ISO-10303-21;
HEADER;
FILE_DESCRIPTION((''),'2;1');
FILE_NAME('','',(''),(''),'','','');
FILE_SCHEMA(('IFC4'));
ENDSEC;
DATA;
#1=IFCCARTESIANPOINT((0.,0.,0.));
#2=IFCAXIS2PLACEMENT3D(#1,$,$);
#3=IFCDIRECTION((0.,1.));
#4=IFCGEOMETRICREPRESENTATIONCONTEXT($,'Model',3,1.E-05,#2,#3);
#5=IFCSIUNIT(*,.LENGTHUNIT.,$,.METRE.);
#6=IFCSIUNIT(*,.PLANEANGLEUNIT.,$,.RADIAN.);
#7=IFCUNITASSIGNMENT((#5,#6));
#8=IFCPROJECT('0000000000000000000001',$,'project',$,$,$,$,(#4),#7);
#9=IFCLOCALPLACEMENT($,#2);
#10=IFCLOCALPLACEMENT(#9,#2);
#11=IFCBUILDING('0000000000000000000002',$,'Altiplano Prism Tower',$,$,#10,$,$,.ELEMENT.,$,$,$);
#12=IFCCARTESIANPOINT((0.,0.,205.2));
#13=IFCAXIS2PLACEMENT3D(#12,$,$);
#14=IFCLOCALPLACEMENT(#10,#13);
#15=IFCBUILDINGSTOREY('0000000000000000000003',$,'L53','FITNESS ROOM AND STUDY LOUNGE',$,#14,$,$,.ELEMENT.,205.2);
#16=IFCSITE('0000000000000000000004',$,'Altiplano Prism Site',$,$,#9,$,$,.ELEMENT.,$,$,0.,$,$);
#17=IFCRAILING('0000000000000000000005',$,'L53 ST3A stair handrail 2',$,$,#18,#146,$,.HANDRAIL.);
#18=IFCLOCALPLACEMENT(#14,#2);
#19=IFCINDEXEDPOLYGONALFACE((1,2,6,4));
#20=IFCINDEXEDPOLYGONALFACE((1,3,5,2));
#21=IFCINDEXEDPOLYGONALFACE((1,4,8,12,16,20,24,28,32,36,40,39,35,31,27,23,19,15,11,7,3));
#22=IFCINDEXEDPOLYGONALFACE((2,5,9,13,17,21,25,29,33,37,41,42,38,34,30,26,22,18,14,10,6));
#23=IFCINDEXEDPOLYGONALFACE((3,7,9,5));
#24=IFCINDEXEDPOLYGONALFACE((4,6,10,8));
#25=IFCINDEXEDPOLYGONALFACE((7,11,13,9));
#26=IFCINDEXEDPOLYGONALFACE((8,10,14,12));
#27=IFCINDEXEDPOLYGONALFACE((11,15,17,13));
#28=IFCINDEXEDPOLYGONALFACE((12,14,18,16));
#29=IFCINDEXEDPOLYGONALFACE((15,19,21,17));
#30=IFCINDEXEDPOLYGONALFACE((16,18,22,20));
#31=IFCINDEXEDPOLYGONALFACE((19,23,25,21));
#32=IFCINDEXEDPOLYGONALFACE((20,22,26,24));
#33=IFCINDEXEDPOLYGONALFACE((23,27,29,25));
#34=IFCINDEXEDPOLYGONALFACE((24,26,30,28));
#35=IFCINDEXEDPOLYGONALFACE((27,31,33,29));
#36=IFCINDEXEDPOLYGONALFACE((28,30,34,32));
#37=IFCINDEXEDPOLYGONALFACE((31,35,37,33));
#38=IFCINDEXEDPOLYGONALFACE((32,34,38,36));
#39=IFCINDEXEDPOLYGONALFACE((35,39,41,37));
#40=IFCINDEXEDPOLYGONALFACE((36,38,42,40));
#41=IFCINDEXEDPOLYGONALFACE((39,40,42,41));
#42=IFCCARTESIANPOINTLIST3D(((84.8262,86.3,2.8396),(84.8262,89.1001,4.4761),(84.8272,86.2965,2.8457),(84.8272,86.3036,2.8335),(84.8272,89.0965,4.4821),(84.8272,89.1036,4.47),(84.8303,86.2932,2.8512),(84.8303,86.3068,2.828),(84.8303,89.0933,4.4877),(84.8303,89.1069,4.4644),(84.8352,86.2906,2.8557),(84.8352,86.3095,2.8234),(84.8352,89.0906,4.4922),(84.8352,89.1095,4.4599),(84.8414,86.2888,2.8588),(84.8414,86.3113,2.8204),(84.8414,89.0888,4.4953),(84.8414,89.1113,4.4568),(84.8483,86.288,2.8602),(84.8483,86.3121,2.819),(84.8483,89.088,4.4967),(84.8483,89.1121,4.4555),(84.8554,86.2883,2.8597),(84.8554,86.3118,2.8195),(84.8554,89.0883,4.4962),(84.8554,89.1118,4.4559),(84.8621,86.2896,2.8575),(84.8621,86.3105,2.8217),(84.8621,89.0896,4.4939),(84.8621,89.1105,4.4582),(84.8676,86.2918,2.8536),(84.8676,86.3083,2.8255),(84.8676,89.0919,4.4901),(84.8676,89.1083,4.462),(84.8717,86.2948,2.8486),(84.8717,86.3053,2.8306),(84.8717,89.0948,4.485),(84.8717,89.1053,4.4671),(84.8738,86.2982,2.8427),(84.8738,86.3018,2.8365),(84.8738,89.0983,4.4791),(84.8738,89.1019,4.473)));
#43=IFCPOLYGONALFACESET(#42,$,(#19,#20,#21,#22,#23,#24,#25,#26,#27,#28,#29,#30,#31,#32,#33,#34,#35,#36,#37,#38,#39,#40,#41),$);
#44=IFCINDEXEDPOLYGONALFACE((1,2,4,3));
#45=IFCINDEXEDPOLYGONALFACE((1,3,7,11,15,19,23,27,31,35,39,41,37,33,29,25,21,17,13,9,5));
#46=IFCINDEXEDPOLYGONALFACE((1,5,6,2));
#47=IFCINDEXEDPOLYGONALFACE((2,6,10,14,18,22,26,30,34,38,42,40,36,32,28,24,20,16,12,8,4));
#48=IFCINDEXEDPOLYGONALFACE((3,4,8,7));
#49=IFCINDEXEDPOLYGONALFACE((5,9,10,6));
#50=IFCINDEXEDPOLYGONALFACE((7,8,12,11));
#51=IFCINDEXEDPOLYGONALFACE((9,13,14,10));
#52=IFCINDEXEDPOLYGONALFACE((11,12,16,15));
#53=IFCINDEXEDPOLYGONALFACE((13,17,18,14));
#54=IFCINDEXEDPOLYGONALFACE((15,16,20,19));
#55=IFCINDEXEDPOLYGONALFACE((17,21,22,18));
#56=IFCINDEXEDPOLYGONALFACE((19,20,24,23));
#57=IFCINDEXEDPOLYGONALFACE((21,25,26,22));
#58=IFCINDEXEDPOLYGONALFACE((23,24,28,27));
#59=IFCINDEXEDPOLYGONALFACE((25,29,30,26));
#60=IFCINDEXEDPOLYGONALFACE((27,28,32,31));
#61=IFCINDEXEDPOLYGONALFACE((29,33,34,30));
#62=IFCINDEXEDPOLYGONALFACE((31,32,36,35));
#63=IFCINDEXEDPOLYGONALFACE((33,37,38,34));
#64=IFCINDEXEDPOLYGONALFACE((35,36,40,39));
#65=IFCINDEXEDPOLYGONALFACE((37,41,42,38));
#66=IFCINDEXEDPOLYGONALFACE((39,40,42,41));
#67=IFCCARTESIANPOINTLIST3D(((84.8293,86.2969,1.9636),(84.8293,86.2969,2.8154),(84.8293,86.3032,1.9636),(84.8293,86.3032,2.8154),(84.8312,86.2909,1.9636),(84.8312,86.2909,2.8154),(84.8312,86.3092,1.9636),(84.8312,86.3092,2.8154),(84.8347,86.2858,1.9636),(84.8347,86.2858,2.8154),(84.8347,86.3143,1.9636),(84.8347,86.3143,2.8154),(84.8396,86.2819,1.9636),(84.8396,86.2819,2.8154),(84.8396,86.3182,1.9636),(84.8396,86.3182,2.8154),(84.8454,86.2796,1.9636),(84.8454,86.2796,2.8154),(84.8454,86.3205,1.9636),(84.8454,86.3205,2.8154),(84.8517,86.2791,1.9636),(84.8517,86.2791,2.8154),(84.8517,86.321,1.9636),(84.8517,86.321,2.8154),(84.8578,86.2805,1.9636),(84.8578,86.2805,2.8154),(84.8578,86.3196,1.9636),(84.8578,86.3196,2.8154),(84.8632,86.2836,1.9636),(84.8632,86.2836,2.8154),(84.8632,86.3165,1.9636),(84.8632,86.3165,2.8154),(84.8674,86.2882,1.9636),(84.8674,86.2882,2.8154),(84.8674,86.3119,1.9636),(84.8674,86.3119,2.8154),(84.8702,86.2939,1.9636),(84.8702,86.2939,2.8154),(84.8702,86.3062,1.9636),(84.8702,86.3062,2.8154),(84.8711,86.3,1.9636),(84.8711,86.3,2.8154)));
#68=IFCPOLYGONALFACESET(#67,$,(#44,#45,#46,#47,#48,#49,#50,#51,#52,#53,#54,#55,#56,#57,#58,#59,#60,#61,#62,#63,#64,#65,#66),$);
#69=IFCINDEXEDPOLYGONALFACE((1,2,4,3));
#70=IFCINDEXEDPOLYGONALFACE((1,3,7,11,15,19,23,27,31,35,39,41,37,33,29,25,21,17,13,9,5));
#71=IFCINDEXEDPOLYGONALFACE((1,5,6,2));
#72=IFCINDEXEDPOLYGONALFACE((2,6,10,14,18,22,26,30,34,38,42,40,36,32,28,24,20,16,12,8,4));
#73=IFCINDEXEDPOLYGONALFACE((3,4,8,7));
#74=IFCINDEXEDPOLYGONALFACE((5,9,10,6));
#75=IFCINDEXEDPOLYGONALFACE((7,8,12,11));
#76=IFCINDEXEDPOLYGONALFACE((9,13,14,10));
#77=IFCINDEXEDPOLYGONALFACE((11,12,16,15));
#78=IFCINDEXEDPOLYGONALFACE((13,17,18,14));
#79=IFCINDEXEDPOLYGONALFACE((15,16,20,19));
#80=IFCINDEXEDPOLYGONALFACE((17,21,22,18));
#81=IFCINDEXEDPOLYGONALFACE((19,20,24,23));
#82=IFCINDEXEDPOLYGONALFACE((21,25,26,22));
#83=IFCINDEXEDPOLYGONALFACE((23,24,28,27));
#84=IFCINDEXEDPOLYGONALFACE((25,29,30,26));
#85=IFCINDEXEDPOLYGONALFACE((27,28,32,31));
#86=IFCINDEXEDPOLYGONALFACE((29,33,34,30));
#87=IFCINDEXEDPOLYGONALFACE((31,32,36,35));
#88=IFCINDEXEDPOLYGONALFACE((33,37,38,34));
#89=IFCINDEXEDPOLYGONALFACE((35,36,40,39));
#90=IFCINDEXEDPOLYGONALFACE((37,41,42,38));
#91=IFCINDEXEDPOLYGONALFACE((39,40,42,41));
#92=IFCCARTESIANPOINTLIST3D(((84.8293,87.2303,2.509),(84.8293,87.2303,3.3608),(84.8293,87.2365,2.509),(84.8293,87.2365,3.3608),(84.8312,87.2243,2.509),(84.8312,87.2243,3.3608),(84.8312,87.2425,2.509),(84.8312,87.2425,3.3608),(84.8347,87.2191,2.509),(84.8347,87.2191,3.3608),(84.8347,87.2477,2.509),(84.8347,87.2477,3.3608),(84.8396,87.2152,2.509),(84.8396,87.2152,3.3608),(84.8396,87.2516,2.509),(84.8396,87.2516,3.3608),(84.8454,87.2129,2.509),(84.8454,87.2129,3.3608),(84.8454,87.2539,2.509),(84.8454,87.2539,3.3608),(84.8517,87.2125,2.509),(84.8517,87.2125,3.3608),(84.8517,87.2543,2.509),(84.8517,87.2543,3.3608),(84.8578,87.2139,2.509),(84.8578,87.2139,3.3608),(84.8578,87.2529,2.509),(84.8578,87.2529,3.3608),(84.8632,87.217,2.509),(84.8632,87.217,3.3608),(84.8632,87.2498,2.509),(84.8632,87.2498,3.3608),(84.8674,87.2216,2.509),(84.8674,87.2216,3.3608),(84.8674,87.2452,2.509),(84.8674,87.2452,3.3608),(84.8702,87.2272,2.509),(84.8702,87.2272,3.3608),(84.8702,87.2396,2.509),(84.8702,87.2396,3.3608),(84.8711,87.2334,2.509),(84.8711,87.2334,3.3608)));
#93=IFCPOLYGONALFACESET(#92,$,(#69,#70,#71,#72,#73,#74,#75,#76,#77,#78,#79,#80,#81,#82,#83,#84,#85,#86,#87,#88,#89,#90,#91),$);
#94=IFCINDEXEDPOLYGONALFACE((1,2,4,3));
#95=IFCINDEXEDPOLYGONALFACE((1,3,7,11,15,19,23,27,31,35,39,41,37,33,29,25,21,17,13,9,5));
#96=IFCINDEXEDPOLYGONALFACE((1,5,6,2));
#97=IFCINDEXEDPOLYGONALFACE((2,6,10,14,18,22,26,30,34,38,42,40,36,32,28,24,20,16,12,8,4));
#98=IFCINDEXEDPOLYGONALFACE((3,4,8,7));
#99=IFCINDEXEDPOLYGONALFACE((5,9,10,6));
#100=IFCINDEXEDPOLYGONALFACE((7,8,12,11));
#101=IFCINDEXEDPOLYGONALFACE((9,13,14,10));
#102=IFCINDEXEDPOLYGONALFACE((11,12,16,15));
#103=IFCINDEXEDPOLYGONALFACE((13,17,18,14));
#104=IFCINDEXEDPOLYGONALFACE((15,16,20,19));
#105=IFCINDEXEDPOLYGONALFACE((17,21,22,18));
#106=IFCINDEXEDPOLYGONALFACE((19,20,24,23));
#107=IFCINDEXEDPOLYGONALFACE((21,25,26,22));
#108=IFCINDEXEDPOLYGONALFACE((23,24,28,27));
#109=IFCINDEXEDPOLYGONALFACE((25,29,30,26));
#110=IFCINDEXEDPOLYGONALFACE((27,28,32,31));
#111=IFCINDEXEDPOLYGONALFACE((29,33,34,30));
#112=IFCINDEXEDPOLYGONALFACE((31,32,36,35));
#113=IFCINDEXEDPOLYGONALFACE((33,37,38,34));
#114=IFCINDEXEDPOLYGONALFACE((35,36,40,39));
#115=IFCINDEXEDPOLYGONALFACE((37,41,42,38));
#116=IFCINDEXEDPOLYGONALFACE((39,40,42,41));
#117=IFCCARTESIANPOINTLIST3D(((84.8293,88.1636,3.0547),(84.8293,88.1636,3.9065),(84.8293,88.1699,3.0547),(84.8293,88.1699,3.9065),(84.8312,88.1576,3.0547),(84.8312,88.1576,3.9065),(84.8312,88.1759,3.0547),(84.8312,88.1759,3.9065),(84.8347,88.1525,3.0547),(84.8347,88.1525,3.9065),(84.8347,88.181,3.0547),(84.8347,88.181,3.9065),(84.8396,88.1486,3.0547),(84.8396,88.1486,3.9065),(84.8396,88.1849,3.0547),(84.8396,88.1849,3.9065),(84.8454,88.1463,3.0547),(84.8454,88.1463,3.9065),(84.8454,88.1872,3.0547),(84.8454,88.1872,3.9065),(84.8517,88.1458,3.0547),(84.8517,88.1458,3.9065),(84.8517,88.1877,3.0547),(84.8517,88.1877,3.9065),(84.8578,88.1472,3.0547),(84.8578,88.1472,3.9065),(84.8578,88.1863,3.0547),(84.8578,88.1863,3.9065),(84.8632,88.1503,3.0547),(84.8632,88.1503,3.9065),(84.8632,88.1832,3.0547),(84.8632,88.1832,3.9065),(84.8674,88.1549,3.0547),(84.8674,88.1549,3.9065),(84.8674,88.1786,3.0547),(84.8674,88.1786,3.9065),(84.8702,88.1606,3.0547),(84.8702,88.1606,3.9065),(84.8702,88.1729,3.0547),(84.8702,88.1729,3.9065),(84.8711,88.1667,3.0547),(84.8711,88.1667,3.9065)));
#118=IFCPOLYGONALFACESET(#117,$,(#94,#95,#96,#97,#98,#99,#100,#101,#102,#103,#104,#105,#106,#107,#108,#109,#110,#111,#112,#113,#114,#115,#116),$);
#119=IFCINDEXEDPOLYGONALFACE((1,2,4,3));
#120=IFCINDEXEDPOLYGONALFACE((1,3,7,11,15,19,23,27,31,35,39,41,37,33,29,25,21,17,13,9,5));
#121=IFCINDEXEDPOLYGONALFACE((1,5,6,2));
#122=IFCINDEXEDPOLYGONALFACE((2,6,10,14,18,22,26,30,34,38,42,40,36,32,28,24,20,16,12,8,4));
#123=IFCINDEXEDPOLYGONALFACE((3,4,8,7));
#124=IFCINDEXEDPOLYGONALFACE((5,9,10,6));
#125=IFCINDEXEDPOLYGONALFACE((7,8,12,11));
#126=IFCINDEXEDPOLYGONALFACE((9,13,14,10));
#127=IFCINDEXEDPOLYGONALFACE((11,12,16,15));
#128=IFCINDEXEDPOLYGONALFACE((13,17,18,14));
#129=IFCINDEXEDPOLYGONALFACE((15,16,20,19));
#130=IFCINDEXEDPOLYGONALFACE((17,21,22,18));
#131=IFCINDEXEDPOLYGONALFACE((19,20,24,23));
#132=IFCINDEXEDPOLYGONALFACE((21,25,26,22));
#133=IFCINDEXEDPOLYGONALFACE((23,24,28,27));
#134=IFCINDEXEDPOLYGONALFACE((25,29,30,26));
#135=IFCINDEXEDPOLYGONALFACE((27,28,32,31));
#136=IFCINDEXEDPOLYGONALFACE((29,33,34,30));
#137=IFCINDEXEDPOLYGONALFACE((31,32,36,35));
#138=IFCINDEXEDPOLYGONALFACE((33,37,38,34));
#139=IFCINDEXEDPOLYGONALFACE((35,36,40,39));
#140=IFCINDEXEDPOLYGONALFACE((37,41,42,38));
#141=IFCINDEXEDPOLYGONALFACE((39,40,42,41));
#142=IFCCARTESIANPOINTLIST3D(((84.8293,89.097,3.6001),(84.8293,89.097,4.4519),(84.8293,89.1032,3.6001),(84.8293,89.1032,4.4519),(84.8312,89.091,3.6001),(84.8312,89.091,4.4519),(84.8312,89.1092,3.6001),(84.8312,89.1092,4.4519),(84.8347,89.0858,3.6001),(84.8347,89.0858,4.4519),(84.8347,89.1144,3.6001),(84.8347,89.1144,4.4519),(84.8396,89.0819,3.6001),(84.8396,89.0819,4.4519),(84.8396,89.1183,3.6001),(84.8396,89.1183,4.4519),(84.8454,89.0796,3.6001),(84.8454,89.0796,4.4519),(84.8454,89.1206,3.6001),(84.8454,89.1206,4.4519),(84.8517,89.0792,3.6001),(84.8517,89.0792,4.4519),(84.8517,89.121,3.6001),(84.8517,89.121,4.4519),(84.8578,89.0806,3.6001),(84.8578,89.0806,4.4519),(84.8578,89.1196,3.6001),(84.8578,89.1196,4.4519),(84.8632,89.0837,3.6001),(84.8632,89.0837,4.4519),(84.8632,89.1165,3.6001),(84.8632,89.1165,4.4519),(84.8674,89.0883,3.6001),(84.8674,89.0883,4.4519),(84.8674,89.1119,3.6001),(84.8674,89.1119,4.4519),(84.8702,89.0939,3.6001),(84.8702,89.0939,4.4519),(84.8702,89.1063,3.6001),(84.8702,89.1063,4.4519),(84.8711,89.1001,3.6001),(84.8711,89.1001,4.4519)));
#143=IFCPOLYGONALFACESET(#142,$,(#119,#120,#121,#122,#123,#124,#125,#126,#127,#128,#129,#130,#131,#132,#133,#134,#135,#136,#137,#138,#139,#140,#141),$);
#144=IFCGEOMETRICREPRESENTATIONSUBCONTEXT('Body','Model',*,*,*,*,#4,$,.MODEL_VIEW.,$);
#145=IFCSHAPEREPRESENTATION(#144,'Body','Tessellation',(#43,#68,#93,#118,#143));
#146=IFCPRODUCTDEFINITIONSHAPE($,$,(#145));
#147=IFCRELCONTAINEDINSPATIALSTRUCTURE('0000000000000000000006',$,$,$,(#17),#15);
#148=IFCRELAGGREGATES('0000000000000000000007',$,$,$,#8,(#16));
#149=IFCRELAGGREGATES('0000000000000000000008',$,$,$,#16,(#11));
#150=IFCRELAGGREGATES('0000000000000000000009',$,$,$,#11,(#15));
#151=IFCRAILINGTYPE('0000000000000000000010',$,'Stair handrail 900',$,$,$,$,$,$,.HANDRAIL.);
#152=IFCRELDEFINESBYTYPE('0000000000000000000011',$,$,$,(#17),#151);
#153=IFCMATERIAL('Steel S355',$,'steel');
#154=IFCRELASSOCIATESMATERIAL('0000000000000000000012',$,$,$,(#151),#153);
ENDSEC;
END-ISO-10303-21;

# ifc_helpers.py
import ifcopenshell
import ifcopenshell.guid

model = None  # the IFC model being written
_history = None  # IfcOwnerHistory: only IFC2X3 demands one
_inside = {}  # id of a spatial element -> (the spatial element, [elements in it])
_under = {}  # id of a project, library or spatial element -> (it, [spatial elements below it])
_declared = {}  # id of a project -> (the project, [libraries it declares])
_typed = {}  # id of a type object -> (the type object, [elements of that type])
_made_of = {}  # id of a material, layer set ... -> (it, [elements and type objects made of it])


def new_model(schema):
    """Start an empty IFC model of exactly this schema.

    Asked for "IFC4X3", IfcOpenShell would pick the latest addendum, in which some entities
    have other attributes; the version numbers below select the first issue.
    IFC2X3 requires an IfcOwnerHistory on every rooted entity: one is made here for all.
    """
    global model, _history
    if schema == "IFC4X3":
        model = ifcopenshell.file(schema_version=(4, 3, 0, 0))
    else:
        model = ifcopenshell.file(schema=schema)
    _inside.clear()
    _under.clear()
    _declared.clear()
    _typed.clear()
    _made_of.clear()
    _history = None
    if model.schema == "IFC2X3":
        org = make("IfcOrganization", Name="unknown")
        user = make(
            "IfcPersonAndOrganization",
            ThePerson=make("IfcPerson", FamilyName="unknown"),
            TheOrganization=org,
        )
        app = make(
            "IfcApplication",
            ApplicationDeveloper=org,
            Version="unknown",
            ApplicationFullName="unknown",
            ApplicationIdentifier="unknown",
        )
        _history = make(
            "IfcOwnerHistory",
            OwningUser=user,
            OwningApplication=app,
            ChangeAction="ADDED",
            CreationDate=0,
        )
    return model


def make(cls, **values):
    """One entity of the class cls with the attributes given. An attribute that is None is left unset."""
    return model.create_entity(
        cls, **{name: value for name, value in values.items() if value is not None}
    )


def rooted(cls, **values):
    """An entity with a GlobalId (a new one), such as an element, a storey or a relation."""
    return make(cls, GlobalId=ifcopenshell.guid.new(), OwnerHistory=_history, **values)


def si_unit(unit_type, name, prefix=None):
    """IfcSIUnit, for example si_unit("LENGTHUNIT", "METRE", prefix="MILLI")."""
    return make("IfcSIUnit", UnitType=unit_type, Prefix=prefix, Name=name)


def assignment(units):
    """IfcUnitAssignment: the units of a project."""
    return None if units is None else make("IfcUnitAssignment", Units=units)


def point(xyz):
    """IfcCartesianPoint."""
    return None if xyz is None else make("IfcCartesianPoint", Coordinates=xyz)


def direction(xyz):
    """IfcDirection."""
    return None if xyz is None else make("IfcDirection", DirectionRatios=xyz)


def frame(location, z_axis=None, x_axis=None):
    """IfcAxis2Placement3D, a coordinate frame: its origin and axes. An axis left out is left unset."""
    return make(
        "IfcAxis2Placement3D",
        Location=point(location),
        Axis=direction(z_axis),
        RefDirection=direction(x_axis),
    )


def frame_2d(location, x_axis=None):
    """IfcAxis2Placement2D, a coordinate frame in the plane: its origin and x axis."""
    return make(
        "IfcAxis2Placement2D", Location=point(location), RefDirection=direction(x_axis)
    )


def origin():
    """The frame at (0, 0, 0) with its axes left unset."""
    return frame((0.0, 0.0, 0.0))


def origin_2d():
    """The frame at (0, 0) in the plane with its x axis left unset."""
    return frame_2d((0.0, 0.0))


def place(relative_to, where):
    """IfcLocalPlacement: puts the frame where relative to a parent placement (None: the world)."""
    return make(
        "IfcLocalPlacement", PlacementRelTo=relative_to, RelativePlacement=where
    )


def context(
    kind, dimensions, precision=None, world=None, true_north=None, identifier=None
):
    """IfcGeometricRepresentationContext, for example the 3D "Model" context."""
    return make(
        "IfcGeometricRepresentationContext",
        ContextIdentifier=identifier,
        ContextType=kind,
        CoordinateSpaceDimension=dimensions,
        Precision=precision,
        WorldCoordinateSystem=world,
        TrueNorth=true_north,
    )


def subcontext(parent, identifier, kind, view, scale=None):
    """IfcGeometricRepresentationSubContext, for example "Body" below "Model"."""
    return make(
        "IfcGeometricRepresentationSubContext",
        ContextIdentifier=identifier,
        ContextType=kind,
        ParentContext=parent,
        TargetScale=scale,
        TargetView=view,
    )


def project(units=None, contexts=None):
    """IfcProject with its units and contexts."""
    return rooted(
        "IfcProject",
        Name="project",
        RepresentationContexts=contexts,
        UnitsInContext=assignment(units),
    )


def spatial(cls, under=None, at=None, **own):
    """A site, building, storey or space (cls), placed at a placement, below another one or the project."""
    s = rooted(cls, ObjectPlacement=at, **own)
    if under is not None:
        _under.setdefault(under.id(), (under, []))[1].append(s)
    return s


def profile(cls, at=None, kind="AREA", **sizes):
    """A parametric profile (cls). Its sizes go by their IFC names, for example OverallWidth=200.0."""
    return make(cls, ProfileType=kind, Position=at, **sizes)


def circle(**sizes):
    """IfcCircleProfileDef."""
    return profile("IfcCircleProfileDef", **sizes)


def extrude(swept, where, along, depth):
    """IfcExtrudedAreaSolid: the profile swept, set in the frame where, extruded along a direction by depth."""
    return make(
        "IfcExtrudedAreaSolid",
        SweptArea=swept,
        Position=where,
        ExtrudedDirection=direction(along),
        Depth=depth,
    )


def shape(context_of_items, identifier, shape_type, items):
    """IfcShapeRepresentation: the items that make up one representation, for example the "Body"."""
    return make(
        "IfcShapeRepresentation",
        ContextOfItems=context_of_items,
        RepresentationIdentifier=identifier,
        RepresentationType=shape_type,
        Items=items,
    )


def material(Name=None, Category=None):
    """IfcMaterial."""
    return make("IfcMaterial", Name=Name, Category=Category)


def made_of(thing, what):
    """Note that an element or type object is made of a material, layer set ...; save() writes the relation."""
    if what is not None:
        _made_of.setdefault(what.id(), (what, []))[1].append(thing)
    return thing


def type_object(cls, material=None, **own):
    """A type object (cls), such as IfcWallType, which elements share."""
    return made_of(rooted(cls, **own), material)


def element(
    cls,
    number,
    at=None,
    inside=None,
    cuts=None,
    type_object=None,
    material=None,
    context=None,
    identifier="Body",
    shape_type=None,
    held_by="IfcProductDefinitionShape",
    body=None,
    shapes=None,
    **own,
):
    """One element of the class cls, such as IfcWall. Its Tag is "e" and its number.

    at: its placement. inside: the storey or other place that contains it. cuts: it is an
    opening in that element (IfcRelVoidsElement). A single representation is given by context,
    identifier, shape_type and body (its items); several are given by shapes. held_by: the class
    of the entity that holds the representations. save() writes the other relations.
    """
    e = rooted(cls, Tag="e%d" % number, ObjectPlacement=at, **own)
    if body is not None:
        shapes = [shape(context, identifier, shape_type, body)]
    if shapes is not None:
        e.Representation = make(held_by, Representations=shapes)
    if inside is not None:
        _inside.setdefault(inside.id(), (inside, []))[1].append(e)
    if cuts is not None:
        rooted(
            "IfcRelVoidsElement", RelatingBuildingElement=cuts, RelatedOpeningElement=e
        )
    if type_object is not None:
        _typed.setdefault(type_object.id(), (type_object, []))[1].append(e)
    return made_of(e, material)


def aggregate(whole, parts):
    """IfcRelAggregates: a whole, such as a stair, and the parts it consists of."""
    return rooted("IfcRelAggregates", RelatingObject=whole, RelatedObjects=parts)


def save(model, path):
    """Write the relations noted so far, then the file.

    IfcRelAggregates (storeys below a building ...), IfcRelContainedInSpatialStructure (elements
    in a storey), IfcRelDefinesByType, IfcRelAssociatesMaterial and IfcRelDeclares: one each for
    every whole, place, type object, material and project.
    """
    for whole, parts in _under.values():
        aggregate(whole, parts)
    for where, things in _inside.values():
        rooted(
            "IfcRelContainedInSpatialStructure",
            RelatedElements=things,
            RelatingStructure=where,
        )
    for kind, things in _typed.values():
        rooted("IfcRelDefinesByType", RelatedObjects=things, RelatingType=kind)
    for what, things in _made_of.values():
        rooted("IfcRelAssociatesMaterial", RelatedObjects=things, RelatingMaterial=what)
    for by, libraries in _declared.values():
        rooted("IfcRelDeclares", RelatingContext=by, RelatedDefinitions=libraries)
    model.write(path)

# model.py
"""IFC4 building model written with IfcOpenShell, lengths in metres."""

from ifc_helpers import new_model, si_unit, direction, frame, origin, origin_2d, place, context, subcontext, project, spatial, circle, extrude, material, type_object, element, save


model = new_model("IFC4")

# Units and contexts
model_context = context("Model", 3, precision=1e-05, world=origin(), true_north=direction((0.0, 1.0)))
body_context = subcontext(model_context, "Body", "Model", "MODEL_VIEW")
ifc_project = project(units=[si_unit("LENGTHUNIT", "METRE"), si_unit("PLANEANGLEUNIT", "RADIAN")], contexts=[model_context])

# Site, building, storey
site_placement = place(None, origin())
site = spatial("IfcSite", under=ifc_project, at=site_placement, Name="Altiplano Prism Site", CompositionType="ELEMENT", RefElevation=0.0)
building_placement = place(site_placement, origin())
building = spatial("IfcBuilding", under=site, at=building_placement, Name="Altiplano Prism Tower", CompositionType="ELEMENT")
storey_placement = place(building_placement, frame((0.0, 0.0, 205.2)))
storey = spatial("IfcBuildingStorey", under=building, at=storey_placement, Name="L53", Description="FITNESS ROOM AND STUDY LOUNGE", CompositionType="ELEMENT", Elevation=205.2)

# Railing
ifc_material_1 = material(Name="Steel S355", Category="steel")
railing_type_1 = type_object("IfcRailingType", Name="Stair handrail 900", PredefinedType="HANDRAIL", material=ifc_material_1)
railing_1_placement = place(storey_placement, frame((84.8501, 86.3, 1.9636)))
element("IfcRailing", 1, at=railing_1_placement, inside=storey, type_object=railing_type_1, Name="L53 ST3A stair handrail 2", PredefinedType="HANDRAIL", context=body_context, shape_type="SweptSolid", body=[
    extrude(circle(Radius=0.0239, at=origin_2d()), frame((0.0, 0.0, 0.876), z_axis=(0.0, 0.863361, 0.504587), x_axis=(-1.0, 0.0, 0.0)), (0.0, 0.0, 1.0), 3.2432),
    extrude(circle(Radius=0.021, at=origin_2d()), origin(), (0.0, 0.0, 1.0), 0.8518),
    extrude(circle(Radius=0.021, at=origin_2d()), frame((0.0, 0.9333, 0.5454)), (0.0, 0.0, 1.0), 0.8518),
    extrude(circle(Radius=0.021, at=origin_2d()), frame((0.0, 1.8667, 1.0911)), (0.0, 0.0, 1.0), 0.8518),
    extrude(circle(Radius=0.021, at=origin_2d()), frame((0.0, 2.8, 1.6365)), (0.0, 0.0, 1.0), 0.8518),
])

save(model, "model.ifc")
